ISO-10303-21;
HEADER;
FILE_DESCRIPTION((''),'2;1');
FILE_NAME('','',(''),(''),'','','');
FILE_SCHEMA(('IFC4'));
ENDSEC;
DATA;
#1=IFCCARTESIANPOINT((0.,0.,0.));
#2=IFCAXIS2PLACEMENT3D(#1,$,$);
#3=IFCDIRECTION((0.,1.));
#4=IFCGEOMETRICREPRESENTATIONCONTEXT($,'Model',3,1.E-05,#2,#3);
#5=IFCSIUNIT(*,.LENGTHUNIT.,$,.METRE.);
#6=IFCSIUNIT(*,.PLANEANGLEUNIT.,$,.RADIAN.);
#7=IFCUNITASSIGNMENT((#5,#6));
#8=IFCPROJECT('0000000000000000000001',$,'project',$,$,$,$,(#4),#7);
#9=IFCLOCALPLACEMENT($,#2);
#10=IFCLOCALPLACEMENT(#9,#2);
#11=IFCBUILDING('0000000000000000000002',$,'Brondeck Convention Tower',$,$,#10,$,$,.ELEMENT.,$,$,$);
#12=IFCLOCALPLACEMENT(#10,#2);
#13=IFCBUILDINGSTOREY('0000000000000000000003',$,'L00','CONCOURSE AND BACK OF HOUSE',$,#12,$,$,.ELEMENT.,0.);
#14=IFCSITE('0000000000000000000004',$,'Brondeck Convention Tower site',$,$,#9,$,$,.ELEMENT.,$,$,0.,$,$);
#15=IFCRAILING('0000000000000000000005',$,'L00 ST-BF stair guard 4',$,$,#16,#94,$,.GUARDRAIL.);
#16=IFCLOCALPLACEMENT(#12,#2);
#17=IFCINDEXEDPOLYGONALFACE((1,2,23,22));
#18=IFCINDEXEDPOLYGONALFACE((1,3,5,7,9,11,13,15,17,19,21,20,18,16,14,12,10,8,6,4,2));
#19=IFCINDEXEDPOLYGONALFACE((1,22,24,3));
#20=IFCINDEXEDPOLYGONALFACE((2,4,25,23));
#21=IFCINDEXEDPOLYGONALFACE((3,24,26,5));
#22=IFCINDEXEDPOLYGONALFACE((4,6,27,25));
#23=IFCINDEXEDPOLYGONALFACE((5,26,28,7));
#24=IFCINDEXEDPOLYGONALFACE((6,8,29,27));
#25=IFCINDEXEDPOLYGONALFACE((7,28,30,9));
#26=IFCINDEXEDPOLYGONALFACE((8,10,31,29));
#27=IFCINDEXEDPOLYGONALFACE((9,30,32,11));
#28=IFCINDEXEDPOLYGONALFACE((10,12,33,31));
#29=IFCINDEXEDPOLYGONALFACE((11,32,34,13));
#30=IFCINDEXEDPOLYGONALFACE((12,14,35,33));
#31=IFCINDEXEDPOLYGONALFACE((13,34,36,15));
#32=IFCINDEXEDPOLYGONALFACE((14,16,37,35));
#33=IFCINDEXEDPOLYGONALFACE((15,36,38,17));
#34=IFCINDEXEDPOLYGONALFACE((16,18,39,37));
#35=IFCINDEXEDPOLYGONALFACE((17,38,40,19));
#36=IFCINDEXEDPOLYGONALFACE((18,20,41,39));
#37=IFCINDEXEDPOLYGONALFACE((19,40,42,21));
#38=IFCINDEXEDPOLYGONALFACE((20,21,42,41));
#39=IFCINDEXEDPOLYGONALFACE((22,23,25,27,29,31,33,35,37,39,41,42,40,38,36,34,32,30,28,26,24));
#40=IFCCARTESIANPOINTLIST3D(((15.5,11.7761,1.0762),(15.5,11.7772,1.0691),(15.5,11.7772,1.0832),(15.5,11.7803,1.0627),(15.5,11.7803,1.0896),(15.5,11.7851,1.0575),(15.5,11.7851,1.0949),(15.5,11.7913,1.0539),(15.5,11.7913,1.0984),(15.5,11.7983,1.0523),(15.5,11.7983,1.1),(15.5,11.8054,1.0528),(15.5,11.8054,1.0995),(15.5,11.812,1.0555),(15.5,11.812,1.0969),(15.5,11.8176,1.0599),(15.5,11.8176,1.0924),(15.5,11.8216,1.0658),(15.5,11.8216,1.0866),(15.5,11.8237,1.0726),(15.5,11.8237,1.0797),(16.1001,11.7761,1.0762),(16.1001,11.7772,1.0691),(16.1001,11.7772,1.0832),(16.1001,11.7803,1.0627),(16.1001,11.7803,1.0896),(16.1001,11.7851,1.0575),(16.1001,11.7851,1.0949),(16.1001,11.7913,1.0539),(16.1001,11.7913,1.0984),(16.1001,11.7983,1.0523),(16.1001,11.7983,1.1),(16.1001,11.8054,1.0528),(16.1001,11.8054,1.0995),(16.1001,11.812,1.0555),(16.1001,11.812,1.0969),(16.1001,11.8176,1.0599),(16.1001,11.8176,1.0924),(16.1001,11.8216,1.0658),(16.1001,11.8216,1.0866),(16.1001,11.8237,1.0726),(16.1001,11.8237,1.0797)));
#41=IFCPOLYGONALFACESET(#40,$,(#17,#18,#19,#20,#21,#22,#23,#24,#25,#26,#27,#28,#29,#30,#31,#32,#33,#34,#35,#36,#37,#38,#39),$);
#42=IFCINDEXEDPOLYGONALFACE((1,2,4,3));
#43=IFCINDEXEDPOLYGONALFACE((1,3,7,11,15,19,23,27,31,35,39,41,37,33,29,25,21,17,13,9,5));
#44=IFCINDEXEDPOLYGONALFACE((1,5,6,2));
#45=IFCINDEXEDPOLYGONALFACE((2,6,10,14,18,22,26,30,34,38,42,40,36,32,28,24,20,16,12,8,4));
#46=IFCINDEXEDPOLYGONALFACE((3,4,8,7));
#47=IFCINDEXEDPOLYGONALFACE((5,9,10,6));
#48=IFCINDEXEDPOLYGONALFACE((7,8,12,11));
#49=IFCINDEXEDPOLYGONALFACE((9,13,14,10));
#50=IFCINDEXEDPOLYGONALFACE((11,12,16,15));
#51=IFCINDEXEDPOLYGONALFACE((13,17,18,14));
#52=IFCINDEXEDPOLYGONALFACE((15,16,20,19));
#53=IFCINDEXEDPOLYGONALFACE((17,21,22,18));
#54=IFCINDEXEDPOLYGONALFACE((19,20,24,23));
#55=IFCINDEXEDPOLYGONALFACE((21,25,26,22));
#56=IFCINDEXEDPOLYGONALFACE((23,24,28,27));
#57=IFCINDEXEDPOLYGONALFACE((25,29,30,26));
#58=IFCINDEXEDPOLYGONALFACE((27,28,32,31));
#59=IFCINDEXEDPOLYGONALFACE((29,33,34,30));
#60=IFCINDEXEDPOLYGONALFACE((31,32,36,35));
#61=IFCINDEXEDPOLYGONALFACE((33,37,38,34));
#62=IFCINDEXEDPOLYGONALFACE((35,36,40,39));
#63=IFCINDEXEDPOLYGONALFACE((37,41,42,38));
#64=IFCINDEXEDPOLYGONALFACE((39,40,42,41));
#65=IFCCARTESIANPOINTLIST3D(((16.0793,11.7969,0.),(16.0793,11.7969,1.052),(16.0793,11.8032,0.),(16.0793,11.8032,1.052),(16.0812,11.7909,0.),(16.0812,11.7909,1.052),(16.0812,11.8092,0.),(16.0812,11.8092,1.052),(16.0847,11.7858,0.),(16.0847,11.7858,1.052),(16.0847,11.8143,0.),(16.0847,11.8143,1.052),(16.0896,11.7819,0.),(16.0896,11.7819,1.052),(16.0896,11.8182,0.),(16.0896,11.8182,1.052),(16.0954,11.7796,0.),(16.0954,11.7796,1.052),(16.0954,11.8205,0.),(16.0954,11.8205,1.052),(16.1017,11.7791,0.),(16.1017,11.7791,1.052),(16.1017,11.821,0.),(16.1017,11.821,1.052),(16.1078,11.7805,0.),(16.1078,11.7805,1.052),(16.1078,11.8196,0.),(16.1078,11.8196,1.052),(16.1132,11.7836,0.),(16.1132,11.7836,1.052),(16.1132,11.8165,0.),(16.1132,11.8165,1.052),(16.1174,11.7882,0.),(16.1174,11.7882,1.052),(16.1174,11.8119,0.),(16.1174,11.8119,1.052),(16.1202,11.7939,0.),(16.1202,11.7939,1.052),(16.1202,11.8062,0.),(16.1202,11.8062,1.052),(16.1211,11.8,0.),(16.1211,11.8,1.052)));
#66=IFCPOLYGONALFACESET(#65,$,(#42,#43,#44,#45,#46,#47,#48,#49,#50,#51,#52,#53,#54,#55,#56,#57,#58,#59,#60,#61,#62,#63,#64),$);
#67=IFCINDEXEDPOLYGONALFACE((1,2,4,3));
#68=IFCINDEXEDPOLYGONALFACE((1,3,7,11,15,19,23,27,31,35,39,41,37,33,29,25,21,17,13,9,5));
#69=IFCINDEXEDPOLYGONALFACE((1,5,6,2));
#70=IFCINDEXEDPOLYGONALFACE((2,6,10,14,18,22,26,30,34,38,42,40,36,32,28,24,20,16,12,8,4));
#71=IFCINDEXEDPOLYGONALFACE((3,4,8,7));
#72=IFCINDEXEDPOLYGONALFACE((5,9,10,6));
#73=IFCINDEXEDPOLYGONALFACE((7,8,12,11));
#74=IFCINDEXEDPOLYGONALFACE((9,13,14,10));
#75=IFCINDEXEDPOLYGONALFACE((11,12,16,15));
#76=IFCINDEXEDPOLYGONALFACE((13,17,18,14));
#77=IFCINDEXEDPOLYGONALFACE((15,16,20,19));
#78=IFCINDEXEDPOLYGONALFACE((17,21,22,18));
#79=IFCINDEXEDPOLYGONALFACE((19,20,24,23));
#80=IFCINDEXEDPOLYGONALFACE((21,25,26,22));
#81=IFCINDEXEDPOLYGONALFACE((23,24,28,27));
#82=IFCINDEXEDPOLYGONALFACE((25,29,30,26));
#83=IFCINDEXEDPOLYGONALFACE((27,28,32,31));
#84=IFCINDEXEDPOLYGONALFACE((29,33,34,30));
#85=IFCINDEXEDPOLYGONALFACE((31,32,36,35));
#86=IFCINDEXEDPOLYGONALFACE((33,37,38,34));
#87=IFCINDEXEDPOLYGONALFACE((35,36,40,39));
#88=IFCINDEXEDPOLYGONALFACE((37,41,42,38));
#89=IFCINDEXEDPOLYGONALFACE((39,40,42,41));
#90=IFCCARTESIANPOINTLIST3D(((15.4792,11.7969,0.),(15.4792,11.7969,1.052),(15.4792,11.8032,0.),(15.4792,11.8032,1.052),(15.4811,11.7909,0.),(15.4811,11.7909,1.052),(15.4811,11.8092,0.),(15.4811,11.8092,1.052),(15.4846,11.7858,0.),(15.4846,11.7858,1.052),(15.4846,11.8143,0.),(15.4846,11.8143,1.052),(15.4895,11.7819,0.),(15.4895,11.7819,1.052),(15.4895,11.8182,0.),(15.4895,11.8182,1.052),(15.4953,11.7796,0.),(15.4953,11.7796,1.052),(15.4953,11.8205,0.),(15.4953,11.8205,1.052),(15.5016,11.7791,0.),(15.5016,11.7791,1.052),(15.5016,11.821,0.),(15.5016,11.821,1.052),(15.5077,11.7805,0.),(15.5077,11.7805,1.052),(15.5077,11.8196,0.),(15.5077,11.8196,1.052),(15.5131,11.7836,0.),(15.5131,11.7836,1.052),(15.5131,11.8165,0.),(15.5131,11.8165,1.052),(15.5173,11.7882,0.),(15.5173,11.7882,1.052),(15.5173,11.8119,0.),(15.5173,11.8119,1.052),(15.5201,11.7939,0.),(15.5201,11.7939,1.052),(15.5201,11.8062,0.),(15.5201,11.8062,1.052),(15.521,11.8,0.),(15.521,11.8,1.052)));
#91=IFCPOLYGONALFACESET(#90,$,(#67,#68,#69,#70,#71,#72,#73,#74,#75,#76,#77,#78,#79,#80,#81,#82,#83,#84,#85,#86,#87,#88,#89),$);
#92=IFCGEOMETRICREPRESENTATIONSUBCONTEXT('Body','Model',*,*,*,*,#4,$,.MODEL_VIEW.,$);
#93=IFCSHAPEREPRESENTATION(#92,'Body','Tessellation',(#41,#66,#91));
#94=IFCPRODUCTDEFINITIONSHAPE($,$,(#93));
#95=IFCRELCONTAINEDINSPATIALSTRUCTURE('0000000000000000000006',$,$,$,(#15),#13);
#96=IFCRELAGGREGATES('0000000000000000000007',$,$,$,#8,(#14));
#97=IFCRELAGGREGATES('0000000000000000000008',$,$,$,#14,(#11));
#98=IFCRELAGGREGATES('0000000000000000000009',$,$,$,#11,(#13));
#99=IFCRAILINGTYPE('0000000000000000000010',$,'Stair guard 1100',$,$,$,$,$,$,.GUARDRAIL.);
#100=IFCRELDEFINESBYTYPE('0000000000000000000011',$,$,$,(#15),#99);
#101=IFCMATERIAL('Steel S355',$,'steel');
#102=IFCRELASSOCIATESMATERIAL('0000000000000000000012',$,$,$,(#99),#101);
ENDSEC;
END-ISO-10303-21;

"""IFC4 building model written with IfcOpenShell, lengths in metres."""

from ifc_helpers import new_model, si_unit, direction, frame, origin, origin_2d, place, context, subcontext, project, spatial, circle, extrude, material, type_object, element, save


model = new_model("IFC4")

# Units and contexts
model_context = context("Model", 3, precision=1e-05, world=origin(), true_north=direction((0.0, 1.0)))
body_context = subcontext(model_context, "Body", "Model", "MODEL_VIEW")
ifc_project = project(units=[si_unit("LENGTHUNIT", "METRE"), si_unit("PLANEANGLEUNIT", "RADIAN")], contexts=[model_context])

# Site, building, storey
site_placement = place(None, origin())
site = spatial("IfcSite", under=ifc_project, at=site_placement, Name="Brondeck Convention Tower site", CompositionType="ELEMENT", RefElevation=0.0)
building_placement = place(site_placement, origin())
building = spatial("IfcBuilding", under=site, at=building_placement, Name="Brondeck Convention Tower", CompositionType="ELEMENT")
storey_placement = place(building_placement, origin())
storey = spatial("IfcBuildingStorey", under=building, at=storey_placement, Name="L00", Description="CONCOURSE AND BACK OF HOUSE", CompositionType="ELEMENT", Elevation=0.0)

# Shared definitions
ifc_material_1 = material(Name="Steel S355", Category="steel")

# Railing
railing_type_1 = type_object("IfcRailingType", Name="Stair guard 1100", PredefinedType="GUARDRAIL", material=ifc_material_1)
railing_1_placement = place(storey_placement, frame((16.1001, 11.8, 0.0)))
element("IfcRailing", 1, at=railing_1_placement, inside=storey, type_object=railing_type_1, Name="L00 ST-BF stair guard 4", PredefinedType="GUARDRAIL", context=body_context, shape_type="SweptSolid", body=[
    extrude(circle(Radius=0.0239, at=origin_2d()), frame((0.0, 0.0, 1.0762), z_axis=(-1.0, 0.0, 0.0), x_axis=(0.0, -1.0, 0.0)), (0.0, 0.0, 1.0), 0.6001),
    extrude(circle(Radius=0.021, at=origin_2d()), origin(), (0.0, 0.0, 1.0), 1.052),
    extrude(circle(Radius=0.021, at=origin_2d()), frame((-0.6001, 0.0, 0.0)), (0.0, 0.0, 1.0), 1.052),
])

save(model, "model.ifc")
